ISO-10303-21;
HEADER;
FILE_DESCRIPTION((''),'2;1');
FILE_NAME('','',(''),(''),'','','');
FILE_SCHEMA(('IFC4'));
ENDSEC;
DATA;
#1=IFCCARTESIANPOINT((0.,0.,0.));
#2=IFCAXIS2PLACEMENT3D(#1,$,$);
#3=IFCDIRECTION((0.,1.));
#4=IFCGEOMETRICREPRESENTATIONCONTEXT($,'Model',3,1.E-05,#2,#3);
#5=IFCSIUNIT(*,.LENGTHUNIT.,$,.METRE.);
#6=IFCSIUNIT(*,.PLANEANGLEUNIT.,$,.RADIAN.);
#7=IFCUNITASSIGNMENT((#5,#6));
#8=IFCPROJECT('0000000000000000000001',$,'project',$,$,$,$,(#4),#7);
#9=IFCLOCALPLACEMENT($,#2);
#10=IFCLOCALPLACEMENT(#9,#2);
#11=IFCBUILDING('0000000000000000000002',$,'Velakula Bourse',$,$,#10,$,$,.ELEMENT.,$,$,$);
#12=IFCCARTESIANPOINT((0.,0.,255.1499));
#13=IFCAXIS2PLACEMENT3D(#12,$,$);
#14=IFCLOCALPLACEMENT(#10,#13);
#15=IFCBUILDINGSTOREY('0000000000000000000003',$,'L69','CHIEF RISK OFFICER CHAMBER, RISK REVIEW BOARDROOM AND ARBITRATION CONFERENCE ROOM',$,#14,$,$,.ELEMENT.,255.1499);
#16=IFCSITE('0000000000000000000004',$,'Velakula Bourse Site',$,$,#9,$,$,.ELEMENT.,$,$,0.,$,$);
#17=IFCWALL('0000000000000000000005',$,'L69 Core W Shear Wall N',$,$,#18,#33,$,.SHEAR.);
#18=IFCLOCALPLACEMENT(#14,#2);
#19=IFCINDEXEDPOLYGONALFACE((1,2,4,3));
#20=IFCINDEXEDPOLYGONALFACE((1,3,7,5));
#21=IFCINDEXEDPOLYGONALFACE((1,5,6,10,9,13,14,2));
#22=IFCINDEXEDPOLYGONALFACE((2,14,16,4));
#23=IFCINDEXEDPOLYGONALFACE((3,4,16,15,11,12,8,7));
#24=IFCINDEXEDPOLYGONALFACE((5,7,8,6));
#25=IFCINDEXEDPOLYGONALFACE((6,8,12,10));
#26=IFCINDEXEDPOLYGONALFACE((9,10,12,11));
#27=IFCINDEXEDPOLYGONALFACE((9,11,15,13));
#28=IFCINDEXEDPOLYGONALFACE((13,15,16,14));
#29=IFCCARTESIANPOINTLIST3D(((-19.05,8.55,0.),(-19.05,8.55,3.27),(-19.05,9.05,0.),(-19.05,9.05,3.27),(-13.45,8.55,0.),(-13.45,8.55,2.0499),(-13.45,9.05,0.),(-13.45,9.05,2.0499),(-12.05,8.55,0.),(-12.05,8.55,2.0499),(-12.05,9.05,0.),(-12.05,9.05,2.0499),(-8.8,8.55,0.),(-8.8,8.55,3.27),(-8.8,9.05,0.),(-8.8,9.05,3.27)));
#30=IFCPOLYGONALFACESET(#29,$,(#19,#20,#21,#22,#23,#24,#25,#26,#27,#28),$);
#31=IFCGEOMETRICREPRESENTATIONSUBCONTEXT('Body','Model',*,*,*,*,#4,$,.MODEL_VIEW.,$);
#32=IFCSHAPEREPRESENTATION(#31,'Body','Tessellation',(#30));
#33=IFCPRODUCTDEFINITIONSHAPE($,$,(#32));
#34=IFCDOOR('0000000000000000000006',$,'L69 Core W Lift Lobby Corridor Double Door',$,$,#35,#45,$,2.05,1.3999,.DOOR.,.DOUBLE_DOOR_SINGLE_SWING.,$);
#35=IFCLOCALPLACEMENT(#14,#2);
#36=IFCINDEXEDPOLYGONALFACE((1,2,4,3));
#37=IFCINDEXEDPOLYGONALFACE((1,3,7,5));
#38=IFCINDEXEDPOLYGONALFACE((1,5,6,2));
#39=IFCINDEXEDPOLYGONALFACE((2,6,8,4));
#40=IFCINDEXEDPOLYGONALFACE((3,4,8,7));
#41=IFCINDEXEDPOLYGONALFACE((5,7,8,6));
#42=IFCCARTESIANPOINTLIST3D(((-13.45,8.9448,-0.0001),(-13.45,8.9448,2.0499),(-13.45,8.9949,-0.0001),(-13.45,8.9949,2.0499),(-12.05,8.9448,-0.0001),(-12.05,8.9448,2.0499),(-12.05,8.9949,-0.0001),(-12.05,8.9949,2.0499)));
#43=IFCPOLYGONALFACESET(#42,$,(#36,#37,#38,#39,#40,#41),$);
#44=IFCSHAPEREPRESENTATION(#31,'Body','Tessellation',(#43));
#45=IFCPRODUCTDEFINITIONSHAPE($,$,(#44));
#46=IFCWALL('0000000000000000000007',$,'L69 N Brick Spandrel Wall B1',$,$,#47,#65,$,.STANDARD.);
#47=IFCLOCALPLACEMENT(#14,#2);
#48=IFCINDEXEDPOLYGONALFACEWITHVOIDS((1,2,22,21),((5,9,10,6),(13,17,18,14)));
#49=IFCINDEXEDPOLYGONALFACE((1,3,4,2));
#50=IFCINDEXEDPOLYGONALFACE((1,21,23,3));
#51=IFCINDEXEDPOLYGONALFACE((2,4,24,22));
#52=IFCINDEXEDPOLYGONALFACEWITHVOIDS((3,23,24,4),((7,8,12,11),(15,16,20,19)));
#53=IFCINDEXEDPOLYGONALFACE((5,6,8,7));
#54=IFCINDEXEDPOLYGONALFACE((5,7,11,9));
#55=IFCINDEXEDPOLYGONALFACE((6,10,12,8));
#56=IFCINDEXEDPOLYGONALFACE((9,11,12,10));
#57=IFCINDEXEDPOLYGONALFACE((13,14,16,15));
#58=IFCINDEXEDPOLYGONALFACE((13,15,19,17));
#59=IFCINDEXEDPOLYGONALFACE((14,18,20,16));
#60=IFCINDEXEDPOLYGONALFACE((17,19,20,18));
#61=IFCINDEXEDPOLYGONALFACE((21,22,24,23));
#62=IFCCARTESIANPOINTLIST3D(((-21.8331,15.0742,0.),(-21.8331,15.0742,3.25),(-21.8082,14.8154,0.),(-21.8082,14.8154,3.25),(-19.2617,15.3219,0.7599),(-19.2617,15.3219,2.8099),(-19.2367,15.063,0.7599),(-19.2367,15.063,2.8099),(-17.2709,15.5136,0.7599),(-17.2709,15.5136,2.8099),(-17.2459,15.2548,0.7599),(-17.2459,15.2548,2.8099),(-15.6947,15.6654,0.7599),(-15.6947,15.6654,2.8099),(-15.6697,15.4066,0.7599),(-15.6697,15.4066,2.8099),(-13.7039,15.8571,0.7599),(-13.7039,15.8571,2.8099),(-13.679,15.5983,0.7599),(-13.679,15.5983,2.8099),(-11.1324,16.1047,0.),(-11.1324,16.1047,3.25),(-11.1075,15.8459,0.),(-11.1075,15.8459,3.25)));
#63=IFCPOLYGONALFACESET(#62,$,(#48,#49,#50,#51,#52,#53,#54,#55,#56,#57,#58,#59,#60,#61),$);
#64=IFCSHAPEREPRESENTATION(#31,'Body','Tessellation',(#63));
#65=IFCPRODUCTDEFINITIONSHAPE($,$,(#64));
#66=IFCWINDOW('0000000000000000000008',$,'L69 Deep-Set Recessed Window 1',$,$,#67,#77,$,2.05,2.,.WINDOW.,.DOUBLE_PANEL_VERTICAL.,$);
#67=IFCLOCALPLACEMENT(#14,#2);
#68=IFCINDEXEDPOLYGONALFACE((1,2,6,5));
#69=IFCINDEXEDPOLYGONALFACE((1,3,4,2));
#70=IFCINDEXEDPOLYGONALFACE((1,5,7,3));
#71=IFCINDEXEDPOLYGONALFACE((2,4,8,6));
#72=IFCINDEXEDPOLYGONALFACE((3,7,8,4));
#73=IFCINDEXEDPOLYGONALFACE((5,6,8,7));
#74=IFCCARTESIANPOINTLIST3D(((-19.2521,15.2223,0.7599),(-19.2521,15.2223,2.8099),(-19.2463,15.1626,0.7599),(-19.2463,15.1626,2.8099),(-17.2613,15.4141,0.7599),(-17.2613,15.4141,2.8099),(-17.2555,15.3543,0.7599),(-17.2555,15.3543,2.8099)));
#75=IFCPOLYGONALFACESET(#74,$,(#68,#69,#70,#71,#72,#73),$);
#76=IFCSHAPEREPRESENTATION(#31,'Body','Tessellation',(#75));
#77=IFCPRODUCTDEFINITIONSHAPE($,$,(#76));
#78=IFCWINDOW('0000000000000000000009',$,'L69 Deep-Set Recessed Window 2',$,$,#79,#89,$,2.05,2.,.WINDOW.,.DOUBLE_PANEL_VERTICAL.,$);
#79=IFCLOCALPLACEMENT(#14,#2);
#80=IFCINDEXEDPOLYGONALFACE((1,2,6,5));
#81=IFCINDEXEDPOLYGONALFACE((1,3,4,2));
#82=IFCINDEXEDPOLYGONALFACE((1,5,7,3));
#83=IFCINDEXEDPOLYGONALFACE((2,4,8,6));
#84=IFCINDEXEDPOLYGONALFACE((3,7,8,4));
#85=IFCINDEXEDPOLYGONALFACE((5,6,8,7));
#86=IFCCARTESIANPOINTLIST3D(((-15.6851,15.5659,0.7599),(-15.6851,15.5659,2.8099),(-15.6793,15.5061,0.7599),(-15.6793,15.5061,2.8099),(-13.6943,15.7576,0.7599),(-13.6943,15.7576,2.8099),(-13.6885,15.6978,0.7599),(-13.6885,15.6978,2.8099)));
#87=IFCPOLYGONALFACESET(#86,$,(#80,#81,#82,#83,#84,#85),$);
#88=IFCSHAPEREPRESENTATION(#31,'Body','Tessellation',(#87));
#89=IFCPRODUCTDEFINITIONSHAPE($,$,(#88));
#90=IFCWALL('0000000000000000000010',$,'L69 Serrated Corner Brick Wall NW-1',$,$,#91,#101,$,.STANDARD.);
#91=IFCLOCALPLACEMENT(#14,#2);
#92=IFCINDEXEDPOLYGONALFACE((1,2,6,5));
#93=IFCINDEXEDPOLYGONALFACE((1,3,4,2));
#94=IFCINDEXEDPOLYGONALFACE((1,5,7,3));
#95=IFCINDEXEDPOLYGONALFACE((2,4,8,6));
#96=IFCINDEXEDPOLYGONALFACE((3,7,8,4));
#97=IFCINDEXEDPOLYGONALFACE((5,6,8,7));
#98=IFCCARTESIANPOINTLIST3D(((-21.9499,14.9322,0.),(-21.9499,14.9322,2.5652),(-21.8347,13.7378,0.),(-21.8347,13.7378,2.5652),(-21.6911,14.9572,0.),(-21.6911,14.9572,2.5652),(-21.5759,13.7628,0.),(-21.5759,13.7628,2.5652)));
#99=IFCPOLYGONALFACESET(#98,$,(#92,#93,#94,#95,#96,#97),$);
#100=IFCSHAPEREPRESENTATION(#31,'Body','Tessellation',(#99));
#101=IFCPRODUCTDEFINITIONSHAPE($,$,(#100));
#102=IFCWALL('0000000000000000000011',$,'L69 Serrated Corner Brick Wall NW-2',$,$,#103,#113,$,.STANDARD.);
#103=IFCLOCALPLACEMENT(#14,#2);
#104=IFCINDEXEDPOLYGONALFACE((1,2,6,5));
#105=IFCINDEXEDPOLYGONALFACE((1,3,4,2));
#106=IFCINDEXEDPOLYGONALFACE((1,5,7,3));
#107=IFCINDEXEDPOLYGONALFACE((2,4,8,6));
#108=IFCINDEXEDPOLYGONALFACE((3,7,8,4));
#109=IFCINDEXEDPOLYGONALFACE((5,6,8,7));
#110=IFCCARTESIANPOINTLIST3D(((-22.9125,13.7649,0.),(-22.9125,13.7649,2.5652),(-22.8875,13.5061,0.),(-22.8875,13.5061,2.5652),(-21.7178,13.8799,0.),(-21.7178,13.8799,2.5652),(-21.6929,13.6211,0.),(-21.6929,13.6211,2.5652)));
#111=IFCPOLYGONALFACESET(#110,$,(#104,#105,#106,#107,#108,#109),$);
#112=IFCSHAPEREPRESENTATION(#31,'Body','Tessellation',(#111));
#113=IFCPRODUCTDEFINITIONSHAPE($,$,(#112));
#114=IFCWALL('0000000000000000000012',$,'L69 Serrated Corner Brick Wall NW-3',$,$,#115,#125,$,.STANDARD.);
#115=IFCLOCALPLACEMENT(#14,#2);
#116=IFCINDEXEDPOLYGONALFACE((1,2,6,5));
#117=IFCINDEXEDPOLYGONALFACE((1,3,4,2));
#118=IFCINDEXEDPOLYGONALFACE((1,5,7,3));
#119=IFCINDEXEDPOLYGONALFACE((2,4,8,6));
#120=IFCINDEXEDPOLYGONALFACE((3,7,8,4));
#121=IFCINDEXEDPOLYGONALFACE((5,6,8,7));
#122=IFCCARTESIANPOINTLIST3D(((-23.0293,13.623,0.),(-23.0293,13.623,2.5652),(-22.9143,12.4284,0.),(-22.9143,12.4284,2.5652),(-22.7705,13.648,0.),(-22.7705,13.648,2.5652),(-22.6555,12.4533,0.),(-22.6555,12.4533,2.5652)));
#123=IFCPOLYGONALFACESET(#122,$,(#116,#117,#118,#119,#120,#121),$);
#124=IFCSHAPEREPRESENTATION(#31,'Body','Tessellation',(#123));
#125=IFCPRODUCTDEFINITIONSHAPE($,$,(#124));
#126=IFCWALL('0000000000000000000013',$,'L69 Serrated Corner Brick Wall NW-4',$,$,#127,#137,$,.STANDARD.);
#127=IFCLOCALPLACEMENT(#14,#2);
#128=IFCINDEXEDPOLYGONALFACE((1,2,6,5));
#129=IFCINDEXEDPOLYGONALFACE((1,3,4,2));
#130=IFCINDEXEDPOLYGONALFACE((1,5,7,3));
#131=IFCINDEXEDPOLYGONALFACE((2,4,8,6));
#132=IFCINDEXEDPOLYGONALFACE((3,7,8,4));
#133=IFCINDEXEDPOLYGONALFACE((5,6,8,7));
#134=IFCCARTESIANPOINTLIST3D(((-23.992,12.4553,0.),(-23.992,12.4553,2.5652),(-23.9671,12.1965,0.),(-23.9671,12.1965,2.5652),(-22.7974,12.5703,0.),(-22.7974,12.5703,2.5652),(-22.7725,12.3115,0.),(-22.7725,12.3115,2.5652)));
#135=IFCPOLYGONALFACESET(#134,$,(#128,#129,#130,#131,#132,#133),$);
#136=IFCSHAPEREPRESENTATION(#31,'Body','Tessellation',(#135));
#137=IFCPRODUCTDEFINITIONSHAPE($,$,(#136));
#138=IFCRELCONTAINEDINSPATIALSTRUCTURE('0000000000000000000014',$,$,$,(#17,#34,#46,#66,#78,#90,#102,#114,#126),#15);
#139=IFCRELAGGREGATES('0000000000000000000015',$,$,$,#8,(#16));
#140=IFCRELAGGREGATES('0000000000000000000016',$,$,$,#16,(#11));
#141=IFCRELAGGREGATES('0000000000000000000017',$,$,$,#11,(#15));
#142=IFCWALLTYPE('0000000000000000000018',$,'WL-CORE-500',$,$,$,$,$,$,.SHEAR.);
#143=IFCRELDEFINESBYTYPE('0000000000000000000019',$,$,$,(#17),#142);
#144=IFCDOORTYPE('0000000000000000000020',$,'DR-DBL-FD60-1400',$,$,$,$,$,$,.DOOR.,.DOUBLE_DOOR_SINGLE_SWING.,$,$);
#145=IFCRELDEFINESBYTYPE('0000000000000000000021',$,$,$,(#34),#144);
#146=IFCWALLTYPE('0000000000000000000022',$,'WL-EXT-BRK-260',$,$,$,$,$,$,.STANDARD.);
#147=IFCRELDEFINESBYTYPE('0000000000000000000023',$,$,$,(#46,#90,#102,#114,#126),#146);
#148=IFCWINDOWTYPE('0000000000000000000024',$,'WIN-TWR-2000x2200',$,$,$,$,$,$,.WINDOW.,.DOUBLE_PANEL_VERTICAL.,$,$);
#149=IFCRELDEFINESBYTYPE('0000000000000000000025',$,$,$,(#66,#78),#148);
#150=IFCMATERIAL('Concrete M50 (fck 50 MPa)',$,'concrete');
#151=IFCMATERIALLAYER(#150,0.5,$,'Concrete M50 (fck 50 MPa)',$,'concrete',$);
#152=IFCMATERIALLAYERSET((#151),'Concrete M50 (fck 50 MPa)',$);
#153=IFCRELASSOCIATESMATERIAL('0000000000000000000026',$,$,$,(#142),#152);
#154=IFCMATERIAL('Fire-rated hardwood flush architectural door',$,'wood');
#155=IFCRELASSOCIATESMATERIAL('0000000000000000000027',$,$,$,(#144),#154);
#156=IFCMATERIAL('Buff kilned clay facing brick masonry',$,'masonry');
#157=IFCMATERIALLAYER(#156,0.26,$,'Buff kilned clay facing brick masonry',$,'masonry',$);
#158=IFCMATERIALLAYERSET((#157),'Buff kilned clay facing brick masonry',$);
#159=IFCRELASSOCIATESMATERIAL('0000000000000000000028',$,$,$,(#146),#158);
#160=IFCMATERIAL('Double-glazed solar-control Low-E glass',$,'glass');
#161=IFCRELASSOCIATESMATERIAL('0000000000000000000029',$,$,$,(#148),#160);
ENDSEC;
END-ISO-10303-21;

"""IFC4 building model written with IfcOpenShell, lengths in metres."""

from ifc_helpers import new_model, si_unit, direction, frame, frame_2d, origin, place, context, subcontext, project, spatial, rectangle, extrude, material, layer, layer_set, type_object, element, fill, save


model = new_model("IFC4")

# Units and contexts
model_context = context("Model", 3, precision=1e-05, world=origin(), true_north=direction((0.0, 1.0)))
body_context = subcontext(model_context, "Body", "Model", "MODEL_VIEW")
ifc_project = project(units=[si_unit("LENGTHUNIT", "METRE"), si_unit("PLANEANGLEUNIT", "RADIAN")], contexts=[model_context])

# Site, building, storey
site_placement = place(None, origin())
site = spatial("IfcSite", under=ifc_project, at=site_placement, Name="Velakula Bourse Site", CompositionType="ELEMENT", RefElevation=0.0)
building_placement = place(site_placement, origin())
building = spatial("IfcBuilding", under=site, at=building_placement, Name="Velakula Bourse", CompositionType="ELEMENT")
storey_placement = place(building_placement, frame((0.0, 0.0, 255.1499)))
storey = spatial("IfcBuildingStorey", under=building, at=storey_placement, Name="L69", Description="CHIEF RISK OFFICER CHAMBER, RISK REVIEW BOARDROOM AND ARBITRATION CONFERENCE ROOM", CompositionType="ELEMENT", Elevation=255.1499)

# Shared definitions
ifc_material_1 = material(Name="Concrete M50 (fck 50 MPa)", Category="concrete")

# Wall, opening, door
ifc_layer_1 = layer(ifc_material_1, 0.5, Name="Concrete M50 (fck 50 MPa)", Category="concrete")
ifc_layer_set_1 = layer_set([ifc_layer_1], Name="Concrete M50 (fck 50 MPa)")
wall_type_1 = type_object("IfcWallType", Name="WL-CORE-500", PredefinedType="SHEAR", material=ifc_layer_set_1)
wall_1_placement = place(storey_placement, frame((-19.05, 8.8, 0.0), z_axis=(0.0, 0.0, 1.0), x_axis=(1.0, 0.0, 0.0)))
wall_1 = element("IfcWall", 1, at=wall_1_placement, inside=storey, type_object=wall_type_1, Name="L69 Core W Shear Wall N", PredefinedType="SHEAR", context=body_context, shape_type="SweptSolid", body=[
    extrude(rectangle(XDim=10.25, YDim=0.5, at=frame_2d((5.125, 0.0))), origin(), (0.0, 0.0, 1.0), 3.27),
])
opening_1_placement = place(wall_1_placement, frame((5.6001, 0.0, 0.0)))
opening_1 = element("IfcOpeningElement", 2, at=opening_1_placement, cuts=wall_1, PredefinedType="OPENING", context=body_context, shape_type="SweptSolid", body=[
    extrude(rectangle(XDim=1.3999, YDim=2.05, at=frame_2d((0.7, 1.0249))), frame((0.0, 0.26, 0.0), z_axis=(0.0, -1.0, 0.0), x_axis=(1.0, 0.0, 0.0)), (0.0, 0.0, 1.0), 0.52),
])
ifc_material_2 = material(Name="Fire-rated hardwood flush architectural door", Category="wood")
door_type_1 = type_object("IfcDoorType", Name="DR-DBL-FD60-1400", OperationType="DOUBLE_DOOR_SINGLE_SWING", PredefinedType="DOOR", material=ifc_material_2)
door_1_placement = place(opening_1_placement, origin())
door_1 = element("IfcDoor", 3, at=door_1_placement, inside=storey, type_object=door_type_1, Name="L69 Core W Lift Lobby Corridor Double Door", OperationType="DOUBLE_DOOR_SINGLE_SWING", OverallHeight=2.05, OverallWidth=1.3999, PredefinedType="DOOR", context=body_context, shape_type="SweptSolid", body=[
    extrude(rectangle(XDim=1.3999, YDim=2.05, at=frame_2d((0.7, 1.0249))), frame((0.0, 0.1948, 0.0), z_axis=(0.0, -1.0, 0.0), x_axis=(1.0, 0.0, 0.0)), (0.0, 0.0, 1.0), 0.05),
])
fill(opening_1, door_1)

# Wall, openings, windows
ifc_material_3 = material(Name="Buff kilned clay facing brick masonry", Category="masonry")
ifc_layer_2 = layer(ifc_material_3, 0.26, Name="Buff kilned clay facing brick masonry", Category="masonry")
ifc_layer_set_2 = layer_set([ifc_layer_2], Name="Buff kilned clay facing brick masonry")
wall_type_2 = type_object("IfcWallType", Name="WL-EXT-BRK-260", PredefinedType="STANDARD", material=ifc_layer_set_2)
wall_2_placement = place(storey_placement, frame((-21.8206, 14.9448, 0.0), z_axis=(0.0, 0.0, 1.0), x_axis=(0.995395, 0.09586, 0.0)))
wall_2 = element("IfcWall", 4, at=wall_2_placement, inside=storey, type_object=wall_type_2, Name="L69 N Brick Spandrel Wall B1", PredefinedType="STANDARD", context=body_context, shape_type="SweptSolid", body=[
    extrude(rectangle(XDim=10.7502, YDim=0.26, at=frame_2d((5.375, 0.0))), origin(), (0.0, 0.0, 1.0), 3.25),
])
opening_2_placement = place(wall_2_placement, frame((2.5833, 0.0, 0.76)))
opening_2 = element("IfcOpeningElement", 5, at=opening_2_placement, cuts=wall_2, PredefinedType="OPENING", context=body_context, shape_type="SweptSolid", body=[
    extrude(rectangle(XDim=2.0, YDim=2.05, at=frame_2d((1.0, 1.0249))), frame((0.0, 0.1399, 0.0), z_axis=(0.0, -1.0, 0.0), x_axis=(1.0, 0.0, 0.0)), (0.0, 0.0, 1.0), 0.28),
])
opening_3_placement = place(wall_2_placement, frame((6.1667, 0.0, 0.76)))
opening_3 = element("IfcOpeningElement", 6, at=opening_3_placement, cuts=wall_2, PredefinedType="OPENING", context=body_context, shape_type="SweptSolid", body=[
    extrude(rectangle(XDim=2.0, YDim=2.05, at=frame_2d((1.0, 1.0249))), frame((0.0, 0.1399, 0.0), z_axis=(0.0, -1.0, 0.0), x_axis=(1.0, 0.0, 0.0)), (0.0, 0.0, 1.0), 0.28),
])
ifc_material_4 = material(Name="Double-glazed solar-control Low-E glass", Category="glass")
window_type = type_object("IfcWindowType", Name="WIN-TWR-2000x2200", PartitioningType="DOUBLE_PANEL_VERTICAL", PredefinedType="WINDOW", material=ifc_material_4)
window_1_placement = place(opening_2_placement, origin())
window_1 = element("IfcWindow", 7, at=window_1_placement, inside=storey, type_object=window_type, Name="L69 Deep-Set Recessed Window 1", OverallHeight=2.05, OverallWidth=2.0, PartitioningType="DOUBLE_PANEL_VERTICAL", PredefinedType="WINDOW", context=body_context, shape_type="SweptSolid", body=[
    extrude(rectangle(XDim=2.0, YDim=2.05, at=frame_2d((1.0, 1.0249))), frame((0.0, 0.03, 0.0), z_axis=(0.0, -1.0, 0.0), x_axis=(1.0, 0.0, 0.0)), (0.0, 0.0, 1.0), 0.0601),
])
fill(opening_2, window_1)
window_2_placement = place(opening_3_placement, origin())
window_2 = element("IfcWindow", 8, at=window_2_placement, inside=storey, type_object=window_type, Name="L69 Deep-Set Recessed Window 2", OverallHeight=2.05, OverallWidth=2.0, PartitioningType="DOUBLE_PANEL_VERTICAL", PredefinedType="WINDOW", context=body_context, shape_type="SweptSolid", body=[
    extrude(rectangle(XDim=2.0, YDim=2.05, at=frame_2d((1.0, 1.0249))), frame((0.0, 0.03, 0.0), z_axis=(0.0, -1.0, 0.0), x_axis=(1.0, 0.0, 0.0)), (0.0, 0.0, 1.0), 0.0601),
])
fill(opening_3, window_2)

# Walls
wall_3_placement = place(storey_placement, frame((-21.8206, 14.9448, 0.0), z_axis=(0.0, 0.0, 1.0), x_axis=(0.096038, -0.995378, 0.0)))
element("IfcWall", 9, at=wall_3_placement, inside=storey, type_object=wall_type_2, Name="L69 Serrated Corner Brick Wall NW-1", PredefinedType="STANDARD", context=body_context, shape_type="SweptSolid", body=[
    extrude(rectangle(XDim=1.2, YDim=0.26, at=frame_2d((0.6001, 0.0))), origin(), (0.0, 0.0, 1.0), 2.5652),
])
for number, where, z_axis, x_axis, name in (
    (10, (-21.7053, 13.7505, 0.0), (0.0, 0.0, 1.0), (-0.995399, -0.095817, 0.0), "L69 Serrated Corner Brick Wall NW-2"),
    (11, (-22.8999, 13.6355, 0.0), (0.0, 0.0, 1.0), (0.095817, -0.995399, 0.0), "L69 Serrated Corner Brick Wall NW-3"),
    (12, (-22.7849, 12.4409, 0.0), (0.0, 0.0, 1.0), (-0.995399, -0.095817, 0.0), "L69 Serrated Corner Brick Wall NW-4"),
):
    element("IfcWall", number, at=place(storey_placement, frame(where, z_axis=z_axis, x_axis=x_axis)), inside=storey, type_object=wall_type_2, Name=name, PredefinedType="STANDARD", context=body_context, shape_type="SweptSolid", body=[
        extrude(rectangle(XDim=1.2002, YDim=0.26, at=frame_2d((0.6001, 0.0))), origin(), (0.0, 0.0, 1.0), 2.5652),
    ])

save(model, "model.ifc")
